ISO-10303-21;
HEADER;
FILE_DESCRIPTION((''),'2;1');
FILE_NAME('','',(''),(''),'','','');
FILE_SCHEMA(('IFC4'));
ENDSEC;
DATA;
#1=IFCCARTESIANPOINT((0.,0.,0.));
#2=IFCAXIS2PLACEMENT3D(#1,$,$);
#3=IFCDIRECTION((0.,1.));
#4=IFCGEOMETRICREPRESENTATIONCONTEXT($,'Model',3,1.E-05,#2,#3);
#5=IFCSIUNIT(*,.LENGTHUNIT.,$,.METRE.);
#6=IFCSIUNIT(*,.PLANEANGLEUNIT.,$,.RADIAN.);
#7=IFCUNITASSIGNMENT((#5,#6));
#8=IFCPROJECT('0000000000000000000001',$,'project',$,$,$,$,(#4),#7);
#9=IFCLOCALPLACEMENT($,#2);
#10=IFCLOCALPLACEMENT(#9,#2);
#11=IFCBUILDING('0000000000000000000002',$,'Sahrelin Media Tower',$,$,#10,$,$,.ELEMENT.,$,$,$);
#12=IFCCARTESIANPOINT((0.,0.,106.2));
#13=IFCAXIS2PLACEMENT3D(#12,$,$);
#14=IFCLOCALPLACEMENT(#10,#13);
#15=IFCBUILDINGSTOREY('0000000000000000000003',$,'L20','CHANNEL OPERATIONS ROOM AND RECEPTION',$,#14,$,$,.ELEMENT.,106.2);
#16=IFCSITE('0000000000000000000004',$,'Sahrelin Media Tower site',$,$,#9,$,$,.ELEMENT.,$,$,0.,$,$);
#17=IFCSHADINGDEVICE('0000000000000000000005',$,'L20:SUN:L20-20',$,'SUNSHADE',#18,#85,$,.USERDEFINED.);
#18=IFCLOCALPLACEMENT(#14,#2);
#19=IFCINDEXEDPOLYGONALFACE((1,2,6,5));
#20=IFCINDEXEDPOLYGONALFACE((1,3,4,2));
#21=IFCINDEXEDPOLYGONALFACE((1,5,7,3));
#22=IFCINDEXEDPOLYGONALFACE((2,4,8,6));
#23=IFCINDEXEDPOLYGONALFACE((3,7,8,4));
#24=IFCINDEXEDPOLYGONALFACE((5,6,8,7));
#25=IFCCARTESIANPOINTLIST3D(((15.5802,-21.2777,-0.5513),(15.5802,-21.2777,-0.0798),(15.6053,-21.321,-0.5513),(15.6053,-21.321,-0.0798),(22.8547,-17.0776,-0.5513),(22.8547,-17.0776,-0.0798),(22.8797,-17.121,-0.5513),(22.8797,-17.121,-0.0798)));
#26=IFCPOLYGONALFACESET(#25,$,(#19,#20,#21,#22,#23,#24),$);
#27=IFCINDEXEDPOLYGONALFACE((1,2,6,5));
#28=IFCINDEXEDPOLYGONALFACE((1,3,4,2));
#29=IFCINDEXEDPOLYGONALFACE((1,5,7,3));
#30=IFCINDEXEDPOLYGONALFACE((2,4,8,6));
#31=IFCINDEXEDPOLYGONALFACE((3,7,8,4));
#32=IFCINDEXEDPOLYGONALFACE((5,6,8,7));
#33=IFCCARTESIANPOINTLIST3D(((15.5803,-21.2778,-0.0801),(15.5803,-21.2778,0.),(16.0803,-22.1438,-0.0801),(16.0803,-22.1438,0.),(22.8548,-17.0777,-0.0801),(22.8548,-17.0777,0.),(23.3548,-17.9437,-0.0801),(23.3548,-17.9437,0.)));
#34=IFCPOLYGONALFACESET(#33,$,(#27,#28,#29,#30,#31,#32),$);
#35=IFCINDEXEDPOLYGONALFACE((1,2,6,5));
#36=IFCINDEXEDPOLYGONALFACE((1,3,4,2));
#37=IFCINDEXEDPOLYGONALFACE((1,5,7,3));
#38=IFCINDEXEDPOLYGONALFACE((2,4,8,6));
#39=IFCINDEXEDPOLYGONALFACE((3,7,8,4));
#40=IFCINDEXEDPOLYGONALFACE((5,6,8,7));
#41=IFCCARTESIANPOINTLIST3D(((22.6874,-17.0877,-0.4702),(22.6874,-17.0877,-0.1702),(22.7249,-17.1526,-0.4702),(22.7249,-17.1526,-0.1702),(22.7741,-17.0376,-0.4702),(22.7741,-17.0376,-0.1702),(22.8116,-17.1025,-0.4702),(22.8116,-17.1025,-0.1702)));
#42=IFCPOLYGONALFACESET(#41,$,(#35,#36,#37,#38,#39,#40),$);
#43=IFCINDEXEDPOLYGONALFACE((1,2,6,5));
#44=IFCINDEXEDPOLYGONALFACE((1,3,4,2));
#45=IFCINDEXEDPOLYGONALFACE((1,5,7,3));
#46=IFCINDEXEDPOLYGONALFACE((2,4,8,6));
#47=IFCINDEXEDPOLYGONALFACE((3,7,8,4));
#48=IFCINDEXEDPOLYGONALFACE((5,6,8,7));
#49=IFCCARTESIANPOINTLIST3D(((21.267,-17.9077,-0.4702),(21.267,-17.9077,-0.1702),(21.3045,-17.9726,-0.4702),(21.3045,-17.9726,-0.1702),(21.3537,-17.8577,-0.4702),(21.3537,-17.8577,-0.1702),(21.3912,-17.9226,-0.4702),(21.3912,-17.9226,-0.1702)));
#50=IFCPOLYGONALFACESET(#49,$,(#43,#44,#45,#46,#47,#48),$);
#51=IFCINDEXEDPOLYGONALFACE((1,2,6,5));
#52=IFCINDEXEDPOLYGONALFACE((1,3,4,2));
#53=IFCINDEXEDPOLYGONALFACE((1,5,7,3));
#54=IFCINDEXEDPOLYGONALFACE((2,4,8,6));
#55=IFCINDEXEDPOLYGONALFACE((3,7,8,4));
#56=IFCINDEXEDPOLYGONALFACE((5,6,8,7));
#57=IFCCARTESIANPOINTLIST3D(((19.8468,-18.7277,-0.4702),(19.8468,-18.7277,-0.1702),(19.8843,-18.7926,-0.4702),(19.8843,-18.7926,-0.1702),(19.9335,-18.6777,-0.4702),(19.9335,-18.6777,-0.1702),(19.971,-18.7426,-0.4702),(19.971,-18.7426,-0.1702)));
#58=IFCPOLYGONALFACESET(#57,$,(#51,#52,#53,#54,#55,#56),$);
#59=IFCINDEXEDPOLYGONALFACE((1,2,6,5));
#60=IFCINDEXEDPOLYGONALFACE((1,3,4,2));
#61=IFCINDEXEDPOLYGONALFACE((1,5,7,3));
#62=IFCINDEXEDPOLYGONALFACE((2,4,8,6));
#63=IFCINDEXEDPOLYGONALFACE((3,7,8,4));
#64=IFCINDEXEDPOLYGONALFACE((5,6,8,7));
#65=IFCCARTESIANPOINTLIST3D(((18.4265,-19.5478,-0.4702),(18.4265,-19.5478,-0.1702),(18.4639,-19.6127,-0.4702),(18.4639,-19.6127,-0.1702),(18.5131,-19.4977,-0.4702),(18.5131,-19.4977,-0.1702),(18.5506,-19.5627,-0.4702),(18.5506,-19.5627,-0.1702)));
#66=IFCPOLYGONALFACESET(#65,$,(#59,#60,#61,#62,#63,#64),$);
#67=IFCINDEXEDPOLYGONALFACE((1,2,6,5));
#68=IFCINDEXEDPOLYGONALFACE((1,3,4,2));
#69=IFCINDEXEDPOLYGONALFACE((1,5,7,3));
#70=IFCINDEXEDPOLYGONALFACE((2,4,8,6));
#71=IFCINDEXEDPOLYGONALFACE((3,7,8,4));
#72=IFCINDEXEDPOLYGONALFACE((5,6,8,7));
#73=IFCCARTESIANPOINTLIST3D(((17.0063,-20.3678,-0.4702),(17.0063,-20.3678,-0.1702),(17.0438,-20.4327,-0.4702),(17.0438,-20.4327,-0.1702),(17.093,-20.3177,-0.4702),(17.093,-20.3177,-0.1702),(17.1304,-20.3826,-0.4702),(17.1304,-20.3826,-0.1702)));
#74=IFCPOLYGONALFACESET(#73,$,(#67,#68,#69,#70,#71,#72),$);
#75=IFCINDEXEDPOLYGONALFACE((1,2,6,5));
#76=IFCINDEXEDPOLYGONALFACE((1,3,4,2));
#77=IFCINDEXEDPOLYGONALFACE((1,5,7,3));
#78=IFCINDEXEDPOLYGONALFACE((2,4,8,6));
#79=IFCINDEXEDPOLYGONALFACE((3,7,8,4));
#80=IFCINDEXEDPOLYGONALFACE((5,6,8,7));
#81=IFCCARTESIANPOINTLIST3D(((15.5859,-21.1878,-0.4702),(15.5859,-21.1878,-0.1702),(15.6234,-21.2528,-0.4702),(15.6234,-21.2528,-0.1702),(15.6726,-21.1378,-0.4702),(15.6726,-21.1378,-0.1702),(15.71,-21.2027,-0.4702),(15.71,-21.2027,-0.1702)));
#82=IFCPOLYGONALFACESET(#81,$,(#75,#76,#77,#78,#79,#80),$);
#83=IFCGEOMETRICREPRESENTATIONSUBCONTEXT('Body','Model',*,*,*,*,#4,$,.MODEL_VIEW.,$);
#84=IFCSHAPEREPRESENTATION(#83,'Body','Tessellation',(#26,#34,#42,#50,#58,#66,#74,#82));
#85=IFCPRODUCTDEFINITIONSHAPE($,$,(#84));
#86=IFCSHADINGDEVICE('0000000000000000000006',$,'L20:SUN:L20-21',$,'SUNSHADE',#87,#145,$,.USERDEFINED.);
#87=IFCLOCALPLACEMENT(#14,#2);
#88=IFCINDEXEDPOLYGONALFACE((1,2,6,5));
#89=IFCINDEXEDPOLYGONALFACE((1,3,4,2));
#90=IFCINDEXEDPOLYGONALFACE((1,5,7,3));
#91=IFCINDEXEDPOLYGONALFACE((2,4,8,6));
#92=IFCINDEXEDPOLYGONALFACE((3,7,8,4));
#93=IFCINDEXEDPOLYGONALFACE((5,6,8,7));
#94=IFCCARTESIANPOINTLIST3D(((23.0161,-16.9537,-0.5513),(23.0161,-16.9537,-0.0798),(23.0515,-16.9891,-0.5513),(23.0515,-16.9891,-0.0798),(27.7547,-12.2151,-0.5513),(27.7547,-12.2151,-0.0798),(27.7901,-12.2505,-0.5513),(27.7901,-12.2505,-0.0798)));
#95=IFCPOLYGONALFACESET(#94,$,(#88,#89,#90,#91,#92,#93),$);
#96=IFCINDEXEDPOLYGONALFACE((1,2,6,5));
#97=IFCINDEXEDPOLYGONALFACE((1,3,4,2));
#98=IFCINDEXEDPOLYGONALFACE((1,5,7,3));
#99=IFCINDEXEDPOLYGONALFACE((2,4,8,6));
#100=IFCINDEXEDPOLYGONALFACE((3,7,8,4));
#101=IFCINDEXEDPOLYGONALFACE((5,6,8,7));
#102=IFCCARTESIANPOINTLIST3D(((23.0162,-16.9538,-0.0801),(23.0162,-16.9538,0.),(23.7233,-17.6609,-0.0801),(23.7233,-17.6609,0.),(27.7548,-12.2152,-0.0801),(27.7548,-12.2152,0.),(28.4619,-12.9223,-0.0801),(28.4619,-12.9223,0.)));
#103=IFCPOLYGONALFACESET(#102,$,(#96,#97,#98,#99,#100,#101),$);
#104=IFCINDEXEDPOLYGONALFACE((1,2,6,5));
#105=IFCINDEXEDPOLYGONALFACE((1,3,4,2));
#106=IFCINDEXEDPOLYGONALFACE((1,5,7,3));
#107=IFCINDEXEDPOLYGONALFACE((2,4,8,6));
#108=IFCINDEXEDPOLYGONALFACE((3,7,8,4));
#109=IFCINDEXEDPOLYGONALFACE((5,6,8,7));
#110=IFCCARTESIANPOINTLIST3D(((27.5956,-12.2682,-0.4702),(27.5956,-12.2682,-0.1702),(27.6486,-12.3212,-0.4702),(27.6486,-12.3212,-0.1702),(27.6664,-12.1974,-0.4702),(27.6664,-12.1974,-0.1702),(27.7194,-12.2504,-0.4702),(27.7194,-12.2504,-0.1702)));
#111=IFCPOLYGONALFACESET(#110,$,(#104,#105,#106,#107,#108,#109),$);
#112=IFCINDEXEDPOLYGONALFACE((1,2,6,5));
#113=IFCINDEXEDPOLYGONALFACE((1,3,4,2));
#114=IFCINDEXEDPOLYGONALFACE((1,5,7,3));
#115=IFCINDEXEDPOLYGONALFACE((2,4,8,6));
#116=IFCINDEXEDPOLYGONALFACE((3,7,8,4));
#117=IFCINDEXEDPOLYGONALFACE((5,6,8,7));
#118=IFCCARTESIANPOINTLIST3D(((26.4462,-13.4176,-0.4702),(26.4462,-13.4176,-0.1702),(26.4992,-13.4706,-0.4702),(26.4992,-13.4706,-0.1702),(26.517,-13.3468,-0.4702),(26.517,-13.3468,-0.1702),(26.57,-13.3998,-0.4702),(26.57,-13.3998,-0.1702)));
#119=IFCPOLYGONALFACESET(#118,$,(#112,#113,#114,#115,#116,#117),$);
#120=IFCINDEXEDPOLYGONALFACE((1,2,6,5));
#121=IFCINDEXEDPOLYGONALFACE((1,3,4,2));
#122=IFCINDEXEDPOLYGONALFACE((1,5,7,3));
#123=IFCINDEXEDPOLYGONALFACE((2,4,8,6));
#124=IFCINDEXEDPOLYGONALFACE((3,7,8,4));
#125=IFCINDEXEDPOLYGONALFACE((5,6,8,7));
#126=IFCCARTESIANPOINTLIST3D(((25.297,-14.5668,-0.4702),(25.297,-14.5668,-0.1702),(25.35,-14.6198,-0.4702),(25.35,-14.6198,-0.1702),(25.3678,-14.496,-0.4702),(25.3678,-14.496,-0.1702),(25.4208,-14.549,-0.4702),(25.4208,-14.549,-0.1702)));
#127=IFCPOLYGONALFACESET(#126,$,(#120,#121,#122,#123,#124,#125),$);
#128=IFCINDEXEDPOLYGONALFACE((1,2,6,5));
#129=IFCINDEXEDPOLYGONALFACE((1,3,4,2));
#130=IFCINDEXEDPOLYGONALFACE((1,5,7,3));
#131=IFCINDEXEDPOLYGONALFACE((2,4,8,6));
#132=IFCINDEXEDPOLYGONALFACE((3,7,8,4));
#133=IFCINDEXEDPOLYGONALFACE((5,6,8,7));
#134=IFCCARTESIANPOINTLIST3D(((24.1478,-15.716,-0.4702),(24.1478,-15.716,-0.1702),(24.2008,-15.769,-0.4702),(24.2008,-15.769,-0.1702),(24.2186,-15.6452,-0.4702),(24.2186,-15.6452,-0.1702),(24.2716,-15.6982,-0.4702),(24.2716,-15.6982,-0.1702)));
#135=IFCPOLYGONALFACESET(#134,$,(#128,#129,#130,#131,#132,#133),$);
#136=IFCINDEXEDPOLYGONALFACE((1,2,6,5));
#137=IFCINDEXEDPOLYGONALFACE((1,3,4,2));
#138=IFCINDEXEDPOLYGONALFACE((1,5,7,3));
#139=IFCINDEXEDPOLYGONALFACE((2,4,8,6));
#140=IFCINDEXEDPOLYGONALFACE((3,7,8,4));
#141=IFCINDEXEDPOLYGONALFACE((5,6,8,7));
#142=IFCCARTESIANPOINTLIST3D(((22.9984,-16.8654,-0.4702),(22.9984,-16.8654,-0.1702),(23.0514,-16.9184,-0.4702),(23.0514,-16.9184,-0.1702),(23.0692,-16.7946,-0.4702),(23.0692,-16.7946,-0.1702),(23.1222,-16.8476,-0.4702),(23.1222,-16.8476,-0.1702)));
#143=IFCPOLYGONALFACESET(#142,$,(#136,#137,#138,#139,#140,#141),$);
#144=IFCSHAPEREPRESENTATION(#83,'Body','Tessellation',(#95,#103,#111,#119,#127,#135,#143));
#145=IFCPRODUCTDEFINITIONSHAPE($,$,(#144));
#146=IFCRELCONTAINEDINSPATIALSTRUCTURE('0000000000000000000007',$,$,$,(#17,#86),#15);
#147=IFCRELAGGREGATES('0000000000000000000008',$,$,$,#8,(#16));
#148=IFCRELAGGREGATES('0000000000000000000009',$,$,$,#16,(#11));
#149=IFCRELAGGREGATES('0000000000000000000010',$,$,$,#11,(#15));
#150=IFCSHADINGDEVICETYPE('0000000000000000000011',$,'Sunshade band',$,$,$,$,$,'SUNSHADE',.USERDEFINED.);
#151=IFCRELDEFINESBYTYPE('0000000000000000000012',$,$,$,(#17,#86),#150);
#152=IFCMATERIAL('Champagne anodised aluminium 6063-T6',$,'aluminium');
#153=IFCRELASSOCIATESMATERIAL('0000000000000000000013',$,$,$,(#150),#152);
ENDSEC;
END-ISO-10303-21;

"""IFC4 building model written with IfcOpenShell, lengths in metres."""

from ifc_helpers import new_model, si_unit, direction, frame, origin, origin_2d, place, context, subcontext, project, spatial, rectangle, extrude, material, type_object, element, save


model = new_model("IFC4")

# Units and contexts
model_context = context("Model", 3, precision=1e-05, world=origin(), true_north=direction((0.0, 1.0)))
body_context = subcontext(model_context, "Body", "Model", "MODEL_VIEW")
ifc_project = project(units=[si_unit("LENGTHUNIT", "METRE"), si_unit("PLANEANGLEUNIT", "RADIAN")], contexts=[model_context])

# Site, building, storey
site_placement = place(None, origin())
site = spatial("IfcSite", under=ifc_project, at=site_placement, Name="Sahrelin Media Tower site", CompositionType="ELEMENT", RefElevation=0.0)
building_placement = place(site_placement, origin())
building = spatial("IfcBuilding", under=site, at=building_placement, Name="Sahrelin Media Tower", CompositionType="ELEMENT")
storey_placement = place(building_placement, frame((0.0, 0.0, 106.2)))
storey = spatial("IfcBuildingStorey", under=building, at=storey_placement, Name="L20", Description="CHANNEL OPERATIONS ROOM AND RECEPTION", CompositionType="ELEMENT", Elevation=106.2)

# Shared definitions
ifc_material_1 = material(Name="Champagne anodised aluminium 6063-T6", Category="aluminium")

# Shading devices
placement_1 = place(storey_placement, frame((19.2075, -19.1604, 0.0), z_axis=(0.0, 0.0, 1.0), x_axis=(-0.866019, -0.500011, 0.0)))
placement_2 = place(storey_placement, frame((25.3713, -14.5703, 0.0), z_axis=(0.0, 0.0, 1.0), x_axis=(-0.707107, -0.707107, 0.0)))
shading_device_type_1 = type_object("IfcShadingDeviceType", Name="Sunshade band", ElementType="SUNSHADE", PredefinedType="USERDEFINED", material=ifc_material_1)
element("IfcShadingDevice", 1, at=placement_1, inside=storey, type_object=shading_device_type_1, Name="L20:SUN:L20-20", ObjectType="SUNSHADE", PredefinedType="USERDEFINED", context=body_context, shape_type="SweptSolid", body=[
    extrude(rectangle(XDim=8.3999, YDim=0.05, at=origin_2d()), frame((0.0, 0.0449, -0.5513)), (0.0, 0.0, 1.0), 0.4714),
    extrude(rectangle(XDim=8.3999, YDim=1.0, at=origin_2d()), frame((0.0, 0.52, -0.0801)), (0.0, 0.0, 1.0), 0.0801),
    extrude(rectangle(XDim=0.1001, YDim=0.075, at=origin_2d()), frame((-4.1001, -0.0176, -0.4702)), (0.0, 0.0, 1.0), 0.3),
    extrude(rectangle(XDim=0.1001, YDim=0.075, at=origin_2d()), frame((-2.46, -0.0176, -0.4702)), (0.0, 0.0, 1.0), 0.3),
    extrude(rectangle(XDim=0.1001, YDim=0.075, at=origin_2d()), frame((-0.8201, -0.0176, -0.4702)), (0.0, 0.0, 1.0), 0.3),
    extrude(rectangle(XDim=0.1001, YDim=0.075, at=origin_2d()), frame((0.8201, -0.0176, -0.4702)), (0.0, 0.0, 1.0), 0.3),
    extrude(rectangle(XDim=0.1001, YDim=0.075, at=origin_2d()), frame((2.46, -0.0176, -0.4702)), (0.0, 0.0, 1.0), 0.3),
    extrude(rectangle(XDim=0.1001, YDim=0.075, at=origin_2d()), frame((4.1001, -0.0176, -0.4702)), (0.0, 0.0, 1.0), 0.3),
])
element("IfcShadingDevice", 2, at=placement_2, inside=storey, type_object=shading_device_type_1, Name="L20:SUN:L20-21", ObjectType="SUNSHADE", PredefinedType="USERDEFINED", context=body_context, shape_type="SweptSolid", body=[
    extrude(rectangle(XDim=6.7014, YDim=0.05, at=origin_2d()), frame((0.0, 0.0449, -0.5513)), (0.0, 0.0, 1.0), 0.4714),
    extrude(rectangle(XDim=6.7014, YDim=1.0, at=origin_2d()), frame((0.0, 0.52, -0.0801)), (0.0, 0.0, 1.0), 0.0801),
    extrude(rectangle(XDim=0.1001, YDim=0.075, at=origin_2d()), frame((-3.2507, -0.0176, -0.4702)), (0.0, 0.0, 1.0), 0.3),
    extrude(rectangle(XDim=0.1001, YDim=0.075, at=origin_2d()), frame((-1.6252, -0.0176, -0.4702)), (0.0, 0.0, 1.0), 0.3),
    extrude(rectangle(XDim=0.1001, YDim=0.075, at=origin_2d()), frame((0.0, -0.0176, -0.4702)), (0.0, 0.0, 1.0), 0.3),
    extrude(rectangle(XDim=0.1001, YDim=0.075, at=origin_2d()), frame((1.6252, -0.0176, -0.4702)), (0.0, 0.0, 1.0), 0.3),
    extrude(rectangle(XDim=0.1001, YDim=0.075, at=origin_2d()), frame((3.2507, -0.0176, -0.4702)), (0.0, 0.0, 1.0), 0.3),
])

save(model, "model.ifc")
